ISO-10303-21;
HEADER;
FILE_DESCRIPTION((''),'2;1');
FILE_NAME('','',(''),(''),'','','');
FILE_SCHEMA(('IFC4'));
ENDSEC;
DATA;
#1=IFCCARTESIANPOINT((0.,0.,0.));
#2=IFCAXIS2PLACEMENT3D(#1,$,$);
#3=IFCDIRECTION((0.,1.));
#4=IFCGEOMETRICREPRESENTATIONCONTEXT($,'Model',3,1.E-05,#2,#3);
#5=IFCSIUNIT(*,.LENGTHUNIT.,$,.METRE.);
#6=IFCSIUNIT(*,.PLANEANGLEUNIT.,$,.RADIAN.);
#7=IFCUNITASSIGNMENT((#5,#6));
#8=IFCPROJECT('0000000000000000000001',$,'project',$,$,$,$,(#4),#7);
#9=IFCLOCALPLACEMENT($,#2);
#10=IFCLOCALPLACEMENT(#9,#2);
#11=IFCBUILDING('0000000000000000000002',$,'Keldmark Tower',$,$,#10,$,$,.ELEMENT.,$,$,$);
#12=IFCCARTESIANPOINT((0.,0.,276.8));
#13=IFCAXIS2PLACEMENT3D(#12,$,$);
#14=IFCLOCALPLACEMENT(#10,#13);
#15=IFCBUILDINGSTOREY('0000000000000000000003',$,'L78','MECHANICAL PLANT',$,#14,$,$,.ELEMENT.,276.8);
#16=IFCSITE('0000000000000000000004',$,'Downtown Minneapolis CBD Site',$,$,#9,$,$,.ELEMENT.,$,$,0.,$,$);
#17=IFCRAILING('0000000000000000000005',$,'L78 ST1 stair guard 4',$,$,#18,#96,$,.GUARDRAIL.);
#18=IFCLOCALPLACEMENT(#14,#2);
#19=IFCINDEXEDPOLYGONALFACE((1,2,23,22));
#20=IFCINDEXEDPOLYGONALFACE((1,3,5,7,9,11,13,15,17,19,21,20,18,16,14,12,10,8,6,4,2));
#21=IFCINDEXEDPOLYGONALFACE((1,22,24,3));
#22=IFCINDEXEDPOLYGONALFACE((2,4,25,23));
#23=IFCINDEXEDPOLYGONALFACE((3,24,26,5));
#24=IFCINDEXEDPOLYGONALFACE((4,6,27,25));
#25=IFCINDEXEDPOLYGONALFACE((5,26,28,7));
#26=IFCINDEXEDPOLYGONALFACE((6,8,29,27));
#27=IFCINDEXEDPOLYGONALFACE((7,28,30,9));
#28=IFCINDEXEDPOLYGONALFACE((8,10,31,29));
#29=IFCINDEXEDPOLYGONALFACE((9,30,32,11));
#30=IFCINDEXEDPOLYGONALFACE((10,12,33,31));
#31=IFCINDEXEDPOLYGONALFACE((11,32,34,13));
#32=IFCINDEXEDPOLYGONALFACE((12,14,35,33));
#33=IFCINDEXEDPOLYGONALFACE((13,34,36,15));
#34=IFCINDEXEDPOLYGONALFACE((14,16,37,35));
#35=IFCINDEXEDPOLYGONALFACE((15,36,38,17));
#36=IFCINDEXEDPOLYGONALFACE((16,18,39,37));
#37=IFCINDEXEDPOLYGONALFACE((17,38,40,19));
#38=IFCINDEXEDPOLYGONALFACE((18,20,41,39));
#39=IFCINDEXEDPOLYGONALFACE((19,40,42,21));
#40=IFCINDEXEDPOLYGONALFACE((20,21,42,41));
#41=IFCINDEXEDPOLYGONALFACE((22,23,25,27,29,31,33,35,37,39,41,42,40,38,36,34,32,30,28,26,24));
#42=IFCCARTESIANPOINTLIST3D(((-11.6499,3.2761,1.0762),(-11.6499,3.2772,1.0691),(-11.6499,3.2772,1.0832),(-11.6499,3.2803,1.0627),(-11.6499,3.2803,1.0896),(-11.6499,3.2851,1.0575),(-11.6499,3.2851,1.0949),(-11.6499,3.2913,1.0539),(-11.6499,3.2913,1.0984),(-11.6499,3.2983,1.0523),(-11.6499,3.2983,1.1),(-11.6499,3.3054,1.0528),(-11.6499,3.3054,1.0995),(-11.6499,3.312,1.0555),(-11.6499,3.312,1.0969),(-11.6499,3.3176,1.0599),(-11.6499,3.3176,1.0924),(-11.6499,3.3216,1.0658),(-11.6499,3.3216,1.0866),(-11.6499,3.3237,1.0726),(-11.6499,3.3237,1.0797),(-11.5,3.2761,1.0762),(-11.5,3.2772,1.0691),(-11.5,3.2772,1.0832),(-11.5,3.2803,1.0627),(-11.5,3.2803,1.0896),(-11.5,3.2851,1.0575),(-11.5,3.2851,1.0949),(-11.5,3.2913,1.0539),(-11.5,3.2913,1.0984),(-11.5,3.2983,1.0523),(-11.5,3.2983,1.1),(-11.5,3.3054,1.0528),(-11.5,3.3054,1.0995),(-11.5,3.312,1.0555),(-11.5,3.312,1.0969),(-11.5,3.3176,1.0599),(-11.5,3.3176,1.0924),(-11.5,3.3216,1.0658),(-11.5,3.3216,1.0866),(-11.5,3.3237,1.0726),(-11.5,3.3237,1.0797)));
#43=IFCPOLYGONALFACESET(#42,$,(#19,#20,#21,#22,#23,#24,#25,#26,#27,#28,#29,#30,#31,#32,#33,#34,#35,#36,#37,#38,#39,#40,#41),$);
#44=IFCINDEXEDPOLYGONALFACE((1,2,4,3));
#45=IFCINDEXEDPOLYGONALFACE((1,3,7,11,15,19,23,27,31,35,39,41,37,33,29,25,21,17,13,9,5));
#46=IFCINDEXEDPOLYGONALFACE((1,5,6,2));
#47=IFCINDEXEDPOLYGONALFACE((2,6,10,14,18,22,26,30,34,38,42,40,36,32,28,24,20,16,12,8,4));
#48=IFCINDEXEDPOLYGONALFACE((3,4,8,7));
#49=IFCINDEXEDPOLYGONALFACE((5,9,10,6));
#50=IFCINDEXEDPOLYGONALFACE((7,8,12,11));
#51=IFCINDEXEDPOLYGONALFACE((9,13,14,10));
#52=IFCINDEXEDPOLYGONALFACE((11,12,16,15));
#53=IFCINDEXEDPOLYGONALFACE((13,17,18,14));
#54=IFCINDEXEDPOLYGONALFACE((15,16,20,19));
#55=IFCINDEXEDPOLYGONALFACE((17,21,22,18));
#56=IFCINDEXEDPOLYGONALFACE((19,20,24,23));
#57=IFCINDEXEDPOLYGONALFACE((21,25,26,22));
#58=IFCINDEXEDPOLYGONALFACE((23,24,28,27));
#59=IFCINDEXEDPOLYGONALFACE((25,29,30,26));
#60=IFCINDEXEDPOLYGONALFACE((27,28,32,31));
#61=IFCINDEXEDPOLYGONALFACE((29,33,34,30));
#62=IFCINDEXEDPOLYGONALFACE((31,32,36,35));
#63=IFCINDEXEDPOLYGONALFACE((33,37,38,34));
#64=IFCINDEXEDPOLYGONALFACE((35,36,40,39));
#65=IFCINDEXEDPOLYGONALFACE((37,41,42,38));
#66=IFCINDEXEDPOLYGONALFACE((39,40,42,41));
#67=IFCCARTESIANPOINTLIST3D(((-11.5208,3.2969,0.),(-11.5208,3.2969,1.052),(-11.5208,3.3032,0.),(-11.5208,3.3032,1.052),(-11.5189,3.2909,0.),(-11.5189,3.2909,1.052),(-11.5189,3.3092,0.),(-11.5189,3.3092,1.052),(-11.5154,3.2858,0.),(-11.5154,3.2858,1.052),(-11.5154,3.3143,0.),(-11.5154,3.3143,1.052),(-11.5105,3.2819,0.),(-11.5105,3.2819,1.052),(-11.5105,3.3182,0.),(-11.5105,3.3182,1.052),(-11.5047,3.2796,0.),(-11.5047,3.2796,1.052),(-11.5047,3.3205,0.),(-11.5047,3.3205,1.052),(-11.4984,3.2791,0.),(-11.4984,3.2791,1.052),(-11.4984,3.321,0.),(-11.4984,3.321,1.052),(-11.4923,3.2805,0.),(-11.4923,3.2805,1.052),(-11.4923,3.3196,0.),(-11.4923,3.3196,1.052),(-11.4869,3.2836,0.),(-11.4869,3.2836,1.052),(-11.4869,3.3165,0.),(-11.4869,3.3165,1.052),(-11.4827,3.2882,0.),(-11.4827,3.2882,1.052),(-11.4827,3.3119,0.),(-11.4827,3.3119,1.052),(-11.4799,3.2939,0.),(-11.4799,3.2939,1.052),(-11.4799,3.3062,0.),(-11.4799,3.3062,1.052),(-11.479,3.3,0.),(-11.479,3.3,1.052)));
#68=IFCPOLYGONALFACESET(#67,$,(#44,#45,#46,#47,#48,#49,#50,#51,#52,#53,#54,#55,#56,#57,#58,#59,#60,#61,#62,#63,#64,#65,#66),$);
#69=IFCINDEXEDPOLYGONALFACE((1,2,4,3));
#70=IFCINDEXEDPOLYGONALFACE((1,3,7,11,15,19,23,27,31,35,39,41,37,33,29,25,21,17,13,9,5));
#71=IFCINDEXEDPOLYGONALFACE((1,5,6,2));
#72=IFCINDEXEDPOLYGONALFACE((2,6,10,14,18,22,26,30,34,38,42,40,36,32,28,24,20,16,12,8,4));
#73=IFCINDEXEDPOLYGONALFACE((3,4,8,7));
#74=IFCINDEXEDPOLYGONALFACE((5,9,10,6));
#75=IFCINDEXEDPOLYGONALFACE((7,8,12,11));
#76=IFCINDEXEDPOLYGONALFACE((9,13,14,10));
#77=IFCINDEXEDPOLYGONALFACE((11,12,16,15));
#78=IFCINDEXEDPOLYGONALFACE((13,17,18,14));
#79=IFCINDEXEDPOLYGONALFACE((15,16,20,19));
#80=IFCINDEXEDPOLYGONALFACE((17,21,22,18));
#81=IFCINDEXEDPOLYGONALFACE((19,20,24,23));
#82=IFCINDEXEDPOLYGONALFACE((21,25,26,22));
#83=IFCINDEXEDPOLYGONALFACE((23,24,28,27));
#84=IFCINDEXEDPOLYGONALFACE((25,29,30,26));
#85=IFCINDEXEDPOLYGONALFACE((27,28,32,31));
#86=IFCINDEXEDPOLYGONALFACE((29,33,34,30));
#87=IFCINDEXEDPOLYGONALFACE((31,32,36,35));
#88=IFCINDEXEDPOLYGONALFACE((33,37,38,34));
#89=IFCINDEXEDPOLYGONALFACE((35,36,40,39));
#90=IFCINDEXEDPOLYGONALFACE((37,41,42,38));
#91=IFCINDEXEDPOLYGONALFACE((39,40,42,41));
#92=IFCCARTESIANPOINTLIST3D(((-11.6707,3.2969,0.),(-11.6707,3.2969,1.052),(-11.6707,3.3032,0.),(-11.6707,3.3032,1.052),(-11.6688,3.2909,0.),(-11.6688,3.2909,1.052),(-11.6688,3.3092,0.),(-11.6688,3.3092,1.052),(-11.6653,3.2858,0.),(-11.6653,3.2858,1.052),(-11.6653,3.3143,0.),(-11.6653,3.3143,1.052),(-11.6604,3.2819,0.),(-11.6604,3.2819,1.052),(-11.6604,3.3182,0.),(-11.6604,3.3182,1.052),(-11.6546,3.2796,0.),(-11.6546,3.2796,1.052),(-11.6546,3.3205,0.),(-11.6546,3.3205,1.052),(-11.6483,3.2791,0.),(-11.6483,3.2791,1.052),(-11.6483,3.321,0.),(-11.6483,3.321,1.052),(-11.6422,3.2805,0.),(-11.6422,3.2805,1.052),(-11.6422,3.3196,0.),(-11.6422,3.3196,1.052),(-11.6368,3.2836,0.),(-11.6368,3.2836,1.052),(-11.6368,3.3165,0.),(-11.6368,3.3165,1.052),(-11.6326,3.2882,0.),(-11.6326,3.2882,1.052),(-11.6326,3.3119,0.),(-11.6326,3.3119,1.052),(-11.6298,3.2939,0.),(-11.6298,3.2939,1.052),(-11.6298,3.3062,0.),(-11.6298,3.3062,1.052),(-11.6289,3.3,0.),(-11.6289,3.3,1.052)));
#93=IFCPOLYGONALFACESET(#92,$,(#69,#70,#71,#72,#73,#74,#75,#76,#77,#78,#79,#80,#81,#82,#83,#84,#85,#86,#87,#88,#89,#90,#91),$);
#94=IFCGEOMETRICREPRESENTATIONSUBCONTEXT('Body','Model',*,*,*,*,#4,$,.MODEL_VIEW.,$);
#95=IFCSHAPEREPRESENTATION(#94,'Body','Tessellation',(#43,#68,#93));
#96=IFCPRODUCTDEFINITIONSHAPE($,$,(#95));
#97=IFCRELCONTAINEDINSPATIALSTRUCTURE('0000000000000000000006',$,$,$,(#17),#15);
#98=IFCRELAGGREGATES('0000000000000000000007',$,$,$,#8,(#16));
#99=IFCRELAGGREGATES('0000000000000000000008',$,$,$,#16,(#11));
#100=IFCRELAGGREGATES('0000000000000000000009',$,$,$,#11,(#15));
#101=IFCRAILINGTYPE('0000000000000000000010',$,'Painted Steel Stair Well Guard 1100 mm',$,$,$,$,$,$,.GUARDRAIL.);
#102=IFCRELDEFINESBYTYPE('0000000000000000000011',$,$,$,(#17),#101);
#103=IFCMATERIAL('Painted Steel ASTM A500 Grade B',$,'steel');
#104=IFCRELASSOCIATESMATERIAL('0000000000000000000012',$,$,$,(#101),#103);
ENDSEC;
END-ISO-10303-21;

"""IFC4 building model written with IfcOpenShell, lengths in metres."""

from ifc_helpers import new_model, si_unit, direction, frame, origin, origin_2d, place, context, subcontext, project, spatial, circle, extrude, material, type_object, element, save


model = new_model("IFC4")

# Units and contexts
model_context = context("Model", 3, precision=1e-05, world=origin(), true_north=direction((0.0, 1.0)))
body_context = subcontext(model_context, "Body", "Model", "MODEL_VIEW")
ifc_project = project(units=[si_unit("LENGTHUNIT", "METRE"), si_unit("PLANEANGLEUNIT", "RADIAN")], contexts=[model_context])

# Site, building, storey
site_placement = place(None, origin())
site = spatial("IfcSite", under=ifc_project, at=site_placement, Name="Downtown Minneapolis CBD Site", CompositionType="ELEMENT", RefElevation=0.0)
building_placement = place(site_placement, origin())
building = spatial("IfcBuilding", under=site, at=building_placement, Name="Keldmark Tower", CompositionType="ELEMENT")
storey_placement = place(building_placement, frame((0.0, 0.0, 276.8)))
storey = spatial("IfcBuildingStorey", under=building, at=storey_placement, Name="L78", Description="MECHANICAL PLANT", CompositionType="ELEMENT", Elevation=276.8)

# Railing
ifc_material_1 = material(Name="Painted Steel ASTM A500 Grade B", Category="steel")
railing_type = type_object("IfcRailingType", Name="Painted Steel Stair Well Guard 1100 mm", PredefinedType="GUARDRAIL", material=ifc_material_1)
railing_1_placement = place(storey_placement, frame((-11.5, 3.3, 0.0)))
element("IfcRailing", 1, at=railing_1_placement, inside=storey, type_object=railing_type, Name="L78 ST1 stair guard 4", PredefinedType="GUARDRAIL", context=body_context, shape_type="SweptSolid", body=[
    extrude(circle(Radius=0.0239, at=origin_2d()), frame((0.0, 0.0, 1.0762), z_axis=(-1.0, 0.0, 0.0), x_axis=(0.0, -1.0, 0.0)), (0.0, 0.0, 1.0), 0.1499),
    extrude(circle(Radius=0.021, at=origin_2d()), origin(), (0.0, 0.0, 1.0), 1.052),
    extrude(circle(Radius=0.021, at=origin_2d()), frame((-0.1499, 0.0, 0.0)), (0.0, 0.0, 1.0), 1.052),
])

save(model, "model.ifc")
